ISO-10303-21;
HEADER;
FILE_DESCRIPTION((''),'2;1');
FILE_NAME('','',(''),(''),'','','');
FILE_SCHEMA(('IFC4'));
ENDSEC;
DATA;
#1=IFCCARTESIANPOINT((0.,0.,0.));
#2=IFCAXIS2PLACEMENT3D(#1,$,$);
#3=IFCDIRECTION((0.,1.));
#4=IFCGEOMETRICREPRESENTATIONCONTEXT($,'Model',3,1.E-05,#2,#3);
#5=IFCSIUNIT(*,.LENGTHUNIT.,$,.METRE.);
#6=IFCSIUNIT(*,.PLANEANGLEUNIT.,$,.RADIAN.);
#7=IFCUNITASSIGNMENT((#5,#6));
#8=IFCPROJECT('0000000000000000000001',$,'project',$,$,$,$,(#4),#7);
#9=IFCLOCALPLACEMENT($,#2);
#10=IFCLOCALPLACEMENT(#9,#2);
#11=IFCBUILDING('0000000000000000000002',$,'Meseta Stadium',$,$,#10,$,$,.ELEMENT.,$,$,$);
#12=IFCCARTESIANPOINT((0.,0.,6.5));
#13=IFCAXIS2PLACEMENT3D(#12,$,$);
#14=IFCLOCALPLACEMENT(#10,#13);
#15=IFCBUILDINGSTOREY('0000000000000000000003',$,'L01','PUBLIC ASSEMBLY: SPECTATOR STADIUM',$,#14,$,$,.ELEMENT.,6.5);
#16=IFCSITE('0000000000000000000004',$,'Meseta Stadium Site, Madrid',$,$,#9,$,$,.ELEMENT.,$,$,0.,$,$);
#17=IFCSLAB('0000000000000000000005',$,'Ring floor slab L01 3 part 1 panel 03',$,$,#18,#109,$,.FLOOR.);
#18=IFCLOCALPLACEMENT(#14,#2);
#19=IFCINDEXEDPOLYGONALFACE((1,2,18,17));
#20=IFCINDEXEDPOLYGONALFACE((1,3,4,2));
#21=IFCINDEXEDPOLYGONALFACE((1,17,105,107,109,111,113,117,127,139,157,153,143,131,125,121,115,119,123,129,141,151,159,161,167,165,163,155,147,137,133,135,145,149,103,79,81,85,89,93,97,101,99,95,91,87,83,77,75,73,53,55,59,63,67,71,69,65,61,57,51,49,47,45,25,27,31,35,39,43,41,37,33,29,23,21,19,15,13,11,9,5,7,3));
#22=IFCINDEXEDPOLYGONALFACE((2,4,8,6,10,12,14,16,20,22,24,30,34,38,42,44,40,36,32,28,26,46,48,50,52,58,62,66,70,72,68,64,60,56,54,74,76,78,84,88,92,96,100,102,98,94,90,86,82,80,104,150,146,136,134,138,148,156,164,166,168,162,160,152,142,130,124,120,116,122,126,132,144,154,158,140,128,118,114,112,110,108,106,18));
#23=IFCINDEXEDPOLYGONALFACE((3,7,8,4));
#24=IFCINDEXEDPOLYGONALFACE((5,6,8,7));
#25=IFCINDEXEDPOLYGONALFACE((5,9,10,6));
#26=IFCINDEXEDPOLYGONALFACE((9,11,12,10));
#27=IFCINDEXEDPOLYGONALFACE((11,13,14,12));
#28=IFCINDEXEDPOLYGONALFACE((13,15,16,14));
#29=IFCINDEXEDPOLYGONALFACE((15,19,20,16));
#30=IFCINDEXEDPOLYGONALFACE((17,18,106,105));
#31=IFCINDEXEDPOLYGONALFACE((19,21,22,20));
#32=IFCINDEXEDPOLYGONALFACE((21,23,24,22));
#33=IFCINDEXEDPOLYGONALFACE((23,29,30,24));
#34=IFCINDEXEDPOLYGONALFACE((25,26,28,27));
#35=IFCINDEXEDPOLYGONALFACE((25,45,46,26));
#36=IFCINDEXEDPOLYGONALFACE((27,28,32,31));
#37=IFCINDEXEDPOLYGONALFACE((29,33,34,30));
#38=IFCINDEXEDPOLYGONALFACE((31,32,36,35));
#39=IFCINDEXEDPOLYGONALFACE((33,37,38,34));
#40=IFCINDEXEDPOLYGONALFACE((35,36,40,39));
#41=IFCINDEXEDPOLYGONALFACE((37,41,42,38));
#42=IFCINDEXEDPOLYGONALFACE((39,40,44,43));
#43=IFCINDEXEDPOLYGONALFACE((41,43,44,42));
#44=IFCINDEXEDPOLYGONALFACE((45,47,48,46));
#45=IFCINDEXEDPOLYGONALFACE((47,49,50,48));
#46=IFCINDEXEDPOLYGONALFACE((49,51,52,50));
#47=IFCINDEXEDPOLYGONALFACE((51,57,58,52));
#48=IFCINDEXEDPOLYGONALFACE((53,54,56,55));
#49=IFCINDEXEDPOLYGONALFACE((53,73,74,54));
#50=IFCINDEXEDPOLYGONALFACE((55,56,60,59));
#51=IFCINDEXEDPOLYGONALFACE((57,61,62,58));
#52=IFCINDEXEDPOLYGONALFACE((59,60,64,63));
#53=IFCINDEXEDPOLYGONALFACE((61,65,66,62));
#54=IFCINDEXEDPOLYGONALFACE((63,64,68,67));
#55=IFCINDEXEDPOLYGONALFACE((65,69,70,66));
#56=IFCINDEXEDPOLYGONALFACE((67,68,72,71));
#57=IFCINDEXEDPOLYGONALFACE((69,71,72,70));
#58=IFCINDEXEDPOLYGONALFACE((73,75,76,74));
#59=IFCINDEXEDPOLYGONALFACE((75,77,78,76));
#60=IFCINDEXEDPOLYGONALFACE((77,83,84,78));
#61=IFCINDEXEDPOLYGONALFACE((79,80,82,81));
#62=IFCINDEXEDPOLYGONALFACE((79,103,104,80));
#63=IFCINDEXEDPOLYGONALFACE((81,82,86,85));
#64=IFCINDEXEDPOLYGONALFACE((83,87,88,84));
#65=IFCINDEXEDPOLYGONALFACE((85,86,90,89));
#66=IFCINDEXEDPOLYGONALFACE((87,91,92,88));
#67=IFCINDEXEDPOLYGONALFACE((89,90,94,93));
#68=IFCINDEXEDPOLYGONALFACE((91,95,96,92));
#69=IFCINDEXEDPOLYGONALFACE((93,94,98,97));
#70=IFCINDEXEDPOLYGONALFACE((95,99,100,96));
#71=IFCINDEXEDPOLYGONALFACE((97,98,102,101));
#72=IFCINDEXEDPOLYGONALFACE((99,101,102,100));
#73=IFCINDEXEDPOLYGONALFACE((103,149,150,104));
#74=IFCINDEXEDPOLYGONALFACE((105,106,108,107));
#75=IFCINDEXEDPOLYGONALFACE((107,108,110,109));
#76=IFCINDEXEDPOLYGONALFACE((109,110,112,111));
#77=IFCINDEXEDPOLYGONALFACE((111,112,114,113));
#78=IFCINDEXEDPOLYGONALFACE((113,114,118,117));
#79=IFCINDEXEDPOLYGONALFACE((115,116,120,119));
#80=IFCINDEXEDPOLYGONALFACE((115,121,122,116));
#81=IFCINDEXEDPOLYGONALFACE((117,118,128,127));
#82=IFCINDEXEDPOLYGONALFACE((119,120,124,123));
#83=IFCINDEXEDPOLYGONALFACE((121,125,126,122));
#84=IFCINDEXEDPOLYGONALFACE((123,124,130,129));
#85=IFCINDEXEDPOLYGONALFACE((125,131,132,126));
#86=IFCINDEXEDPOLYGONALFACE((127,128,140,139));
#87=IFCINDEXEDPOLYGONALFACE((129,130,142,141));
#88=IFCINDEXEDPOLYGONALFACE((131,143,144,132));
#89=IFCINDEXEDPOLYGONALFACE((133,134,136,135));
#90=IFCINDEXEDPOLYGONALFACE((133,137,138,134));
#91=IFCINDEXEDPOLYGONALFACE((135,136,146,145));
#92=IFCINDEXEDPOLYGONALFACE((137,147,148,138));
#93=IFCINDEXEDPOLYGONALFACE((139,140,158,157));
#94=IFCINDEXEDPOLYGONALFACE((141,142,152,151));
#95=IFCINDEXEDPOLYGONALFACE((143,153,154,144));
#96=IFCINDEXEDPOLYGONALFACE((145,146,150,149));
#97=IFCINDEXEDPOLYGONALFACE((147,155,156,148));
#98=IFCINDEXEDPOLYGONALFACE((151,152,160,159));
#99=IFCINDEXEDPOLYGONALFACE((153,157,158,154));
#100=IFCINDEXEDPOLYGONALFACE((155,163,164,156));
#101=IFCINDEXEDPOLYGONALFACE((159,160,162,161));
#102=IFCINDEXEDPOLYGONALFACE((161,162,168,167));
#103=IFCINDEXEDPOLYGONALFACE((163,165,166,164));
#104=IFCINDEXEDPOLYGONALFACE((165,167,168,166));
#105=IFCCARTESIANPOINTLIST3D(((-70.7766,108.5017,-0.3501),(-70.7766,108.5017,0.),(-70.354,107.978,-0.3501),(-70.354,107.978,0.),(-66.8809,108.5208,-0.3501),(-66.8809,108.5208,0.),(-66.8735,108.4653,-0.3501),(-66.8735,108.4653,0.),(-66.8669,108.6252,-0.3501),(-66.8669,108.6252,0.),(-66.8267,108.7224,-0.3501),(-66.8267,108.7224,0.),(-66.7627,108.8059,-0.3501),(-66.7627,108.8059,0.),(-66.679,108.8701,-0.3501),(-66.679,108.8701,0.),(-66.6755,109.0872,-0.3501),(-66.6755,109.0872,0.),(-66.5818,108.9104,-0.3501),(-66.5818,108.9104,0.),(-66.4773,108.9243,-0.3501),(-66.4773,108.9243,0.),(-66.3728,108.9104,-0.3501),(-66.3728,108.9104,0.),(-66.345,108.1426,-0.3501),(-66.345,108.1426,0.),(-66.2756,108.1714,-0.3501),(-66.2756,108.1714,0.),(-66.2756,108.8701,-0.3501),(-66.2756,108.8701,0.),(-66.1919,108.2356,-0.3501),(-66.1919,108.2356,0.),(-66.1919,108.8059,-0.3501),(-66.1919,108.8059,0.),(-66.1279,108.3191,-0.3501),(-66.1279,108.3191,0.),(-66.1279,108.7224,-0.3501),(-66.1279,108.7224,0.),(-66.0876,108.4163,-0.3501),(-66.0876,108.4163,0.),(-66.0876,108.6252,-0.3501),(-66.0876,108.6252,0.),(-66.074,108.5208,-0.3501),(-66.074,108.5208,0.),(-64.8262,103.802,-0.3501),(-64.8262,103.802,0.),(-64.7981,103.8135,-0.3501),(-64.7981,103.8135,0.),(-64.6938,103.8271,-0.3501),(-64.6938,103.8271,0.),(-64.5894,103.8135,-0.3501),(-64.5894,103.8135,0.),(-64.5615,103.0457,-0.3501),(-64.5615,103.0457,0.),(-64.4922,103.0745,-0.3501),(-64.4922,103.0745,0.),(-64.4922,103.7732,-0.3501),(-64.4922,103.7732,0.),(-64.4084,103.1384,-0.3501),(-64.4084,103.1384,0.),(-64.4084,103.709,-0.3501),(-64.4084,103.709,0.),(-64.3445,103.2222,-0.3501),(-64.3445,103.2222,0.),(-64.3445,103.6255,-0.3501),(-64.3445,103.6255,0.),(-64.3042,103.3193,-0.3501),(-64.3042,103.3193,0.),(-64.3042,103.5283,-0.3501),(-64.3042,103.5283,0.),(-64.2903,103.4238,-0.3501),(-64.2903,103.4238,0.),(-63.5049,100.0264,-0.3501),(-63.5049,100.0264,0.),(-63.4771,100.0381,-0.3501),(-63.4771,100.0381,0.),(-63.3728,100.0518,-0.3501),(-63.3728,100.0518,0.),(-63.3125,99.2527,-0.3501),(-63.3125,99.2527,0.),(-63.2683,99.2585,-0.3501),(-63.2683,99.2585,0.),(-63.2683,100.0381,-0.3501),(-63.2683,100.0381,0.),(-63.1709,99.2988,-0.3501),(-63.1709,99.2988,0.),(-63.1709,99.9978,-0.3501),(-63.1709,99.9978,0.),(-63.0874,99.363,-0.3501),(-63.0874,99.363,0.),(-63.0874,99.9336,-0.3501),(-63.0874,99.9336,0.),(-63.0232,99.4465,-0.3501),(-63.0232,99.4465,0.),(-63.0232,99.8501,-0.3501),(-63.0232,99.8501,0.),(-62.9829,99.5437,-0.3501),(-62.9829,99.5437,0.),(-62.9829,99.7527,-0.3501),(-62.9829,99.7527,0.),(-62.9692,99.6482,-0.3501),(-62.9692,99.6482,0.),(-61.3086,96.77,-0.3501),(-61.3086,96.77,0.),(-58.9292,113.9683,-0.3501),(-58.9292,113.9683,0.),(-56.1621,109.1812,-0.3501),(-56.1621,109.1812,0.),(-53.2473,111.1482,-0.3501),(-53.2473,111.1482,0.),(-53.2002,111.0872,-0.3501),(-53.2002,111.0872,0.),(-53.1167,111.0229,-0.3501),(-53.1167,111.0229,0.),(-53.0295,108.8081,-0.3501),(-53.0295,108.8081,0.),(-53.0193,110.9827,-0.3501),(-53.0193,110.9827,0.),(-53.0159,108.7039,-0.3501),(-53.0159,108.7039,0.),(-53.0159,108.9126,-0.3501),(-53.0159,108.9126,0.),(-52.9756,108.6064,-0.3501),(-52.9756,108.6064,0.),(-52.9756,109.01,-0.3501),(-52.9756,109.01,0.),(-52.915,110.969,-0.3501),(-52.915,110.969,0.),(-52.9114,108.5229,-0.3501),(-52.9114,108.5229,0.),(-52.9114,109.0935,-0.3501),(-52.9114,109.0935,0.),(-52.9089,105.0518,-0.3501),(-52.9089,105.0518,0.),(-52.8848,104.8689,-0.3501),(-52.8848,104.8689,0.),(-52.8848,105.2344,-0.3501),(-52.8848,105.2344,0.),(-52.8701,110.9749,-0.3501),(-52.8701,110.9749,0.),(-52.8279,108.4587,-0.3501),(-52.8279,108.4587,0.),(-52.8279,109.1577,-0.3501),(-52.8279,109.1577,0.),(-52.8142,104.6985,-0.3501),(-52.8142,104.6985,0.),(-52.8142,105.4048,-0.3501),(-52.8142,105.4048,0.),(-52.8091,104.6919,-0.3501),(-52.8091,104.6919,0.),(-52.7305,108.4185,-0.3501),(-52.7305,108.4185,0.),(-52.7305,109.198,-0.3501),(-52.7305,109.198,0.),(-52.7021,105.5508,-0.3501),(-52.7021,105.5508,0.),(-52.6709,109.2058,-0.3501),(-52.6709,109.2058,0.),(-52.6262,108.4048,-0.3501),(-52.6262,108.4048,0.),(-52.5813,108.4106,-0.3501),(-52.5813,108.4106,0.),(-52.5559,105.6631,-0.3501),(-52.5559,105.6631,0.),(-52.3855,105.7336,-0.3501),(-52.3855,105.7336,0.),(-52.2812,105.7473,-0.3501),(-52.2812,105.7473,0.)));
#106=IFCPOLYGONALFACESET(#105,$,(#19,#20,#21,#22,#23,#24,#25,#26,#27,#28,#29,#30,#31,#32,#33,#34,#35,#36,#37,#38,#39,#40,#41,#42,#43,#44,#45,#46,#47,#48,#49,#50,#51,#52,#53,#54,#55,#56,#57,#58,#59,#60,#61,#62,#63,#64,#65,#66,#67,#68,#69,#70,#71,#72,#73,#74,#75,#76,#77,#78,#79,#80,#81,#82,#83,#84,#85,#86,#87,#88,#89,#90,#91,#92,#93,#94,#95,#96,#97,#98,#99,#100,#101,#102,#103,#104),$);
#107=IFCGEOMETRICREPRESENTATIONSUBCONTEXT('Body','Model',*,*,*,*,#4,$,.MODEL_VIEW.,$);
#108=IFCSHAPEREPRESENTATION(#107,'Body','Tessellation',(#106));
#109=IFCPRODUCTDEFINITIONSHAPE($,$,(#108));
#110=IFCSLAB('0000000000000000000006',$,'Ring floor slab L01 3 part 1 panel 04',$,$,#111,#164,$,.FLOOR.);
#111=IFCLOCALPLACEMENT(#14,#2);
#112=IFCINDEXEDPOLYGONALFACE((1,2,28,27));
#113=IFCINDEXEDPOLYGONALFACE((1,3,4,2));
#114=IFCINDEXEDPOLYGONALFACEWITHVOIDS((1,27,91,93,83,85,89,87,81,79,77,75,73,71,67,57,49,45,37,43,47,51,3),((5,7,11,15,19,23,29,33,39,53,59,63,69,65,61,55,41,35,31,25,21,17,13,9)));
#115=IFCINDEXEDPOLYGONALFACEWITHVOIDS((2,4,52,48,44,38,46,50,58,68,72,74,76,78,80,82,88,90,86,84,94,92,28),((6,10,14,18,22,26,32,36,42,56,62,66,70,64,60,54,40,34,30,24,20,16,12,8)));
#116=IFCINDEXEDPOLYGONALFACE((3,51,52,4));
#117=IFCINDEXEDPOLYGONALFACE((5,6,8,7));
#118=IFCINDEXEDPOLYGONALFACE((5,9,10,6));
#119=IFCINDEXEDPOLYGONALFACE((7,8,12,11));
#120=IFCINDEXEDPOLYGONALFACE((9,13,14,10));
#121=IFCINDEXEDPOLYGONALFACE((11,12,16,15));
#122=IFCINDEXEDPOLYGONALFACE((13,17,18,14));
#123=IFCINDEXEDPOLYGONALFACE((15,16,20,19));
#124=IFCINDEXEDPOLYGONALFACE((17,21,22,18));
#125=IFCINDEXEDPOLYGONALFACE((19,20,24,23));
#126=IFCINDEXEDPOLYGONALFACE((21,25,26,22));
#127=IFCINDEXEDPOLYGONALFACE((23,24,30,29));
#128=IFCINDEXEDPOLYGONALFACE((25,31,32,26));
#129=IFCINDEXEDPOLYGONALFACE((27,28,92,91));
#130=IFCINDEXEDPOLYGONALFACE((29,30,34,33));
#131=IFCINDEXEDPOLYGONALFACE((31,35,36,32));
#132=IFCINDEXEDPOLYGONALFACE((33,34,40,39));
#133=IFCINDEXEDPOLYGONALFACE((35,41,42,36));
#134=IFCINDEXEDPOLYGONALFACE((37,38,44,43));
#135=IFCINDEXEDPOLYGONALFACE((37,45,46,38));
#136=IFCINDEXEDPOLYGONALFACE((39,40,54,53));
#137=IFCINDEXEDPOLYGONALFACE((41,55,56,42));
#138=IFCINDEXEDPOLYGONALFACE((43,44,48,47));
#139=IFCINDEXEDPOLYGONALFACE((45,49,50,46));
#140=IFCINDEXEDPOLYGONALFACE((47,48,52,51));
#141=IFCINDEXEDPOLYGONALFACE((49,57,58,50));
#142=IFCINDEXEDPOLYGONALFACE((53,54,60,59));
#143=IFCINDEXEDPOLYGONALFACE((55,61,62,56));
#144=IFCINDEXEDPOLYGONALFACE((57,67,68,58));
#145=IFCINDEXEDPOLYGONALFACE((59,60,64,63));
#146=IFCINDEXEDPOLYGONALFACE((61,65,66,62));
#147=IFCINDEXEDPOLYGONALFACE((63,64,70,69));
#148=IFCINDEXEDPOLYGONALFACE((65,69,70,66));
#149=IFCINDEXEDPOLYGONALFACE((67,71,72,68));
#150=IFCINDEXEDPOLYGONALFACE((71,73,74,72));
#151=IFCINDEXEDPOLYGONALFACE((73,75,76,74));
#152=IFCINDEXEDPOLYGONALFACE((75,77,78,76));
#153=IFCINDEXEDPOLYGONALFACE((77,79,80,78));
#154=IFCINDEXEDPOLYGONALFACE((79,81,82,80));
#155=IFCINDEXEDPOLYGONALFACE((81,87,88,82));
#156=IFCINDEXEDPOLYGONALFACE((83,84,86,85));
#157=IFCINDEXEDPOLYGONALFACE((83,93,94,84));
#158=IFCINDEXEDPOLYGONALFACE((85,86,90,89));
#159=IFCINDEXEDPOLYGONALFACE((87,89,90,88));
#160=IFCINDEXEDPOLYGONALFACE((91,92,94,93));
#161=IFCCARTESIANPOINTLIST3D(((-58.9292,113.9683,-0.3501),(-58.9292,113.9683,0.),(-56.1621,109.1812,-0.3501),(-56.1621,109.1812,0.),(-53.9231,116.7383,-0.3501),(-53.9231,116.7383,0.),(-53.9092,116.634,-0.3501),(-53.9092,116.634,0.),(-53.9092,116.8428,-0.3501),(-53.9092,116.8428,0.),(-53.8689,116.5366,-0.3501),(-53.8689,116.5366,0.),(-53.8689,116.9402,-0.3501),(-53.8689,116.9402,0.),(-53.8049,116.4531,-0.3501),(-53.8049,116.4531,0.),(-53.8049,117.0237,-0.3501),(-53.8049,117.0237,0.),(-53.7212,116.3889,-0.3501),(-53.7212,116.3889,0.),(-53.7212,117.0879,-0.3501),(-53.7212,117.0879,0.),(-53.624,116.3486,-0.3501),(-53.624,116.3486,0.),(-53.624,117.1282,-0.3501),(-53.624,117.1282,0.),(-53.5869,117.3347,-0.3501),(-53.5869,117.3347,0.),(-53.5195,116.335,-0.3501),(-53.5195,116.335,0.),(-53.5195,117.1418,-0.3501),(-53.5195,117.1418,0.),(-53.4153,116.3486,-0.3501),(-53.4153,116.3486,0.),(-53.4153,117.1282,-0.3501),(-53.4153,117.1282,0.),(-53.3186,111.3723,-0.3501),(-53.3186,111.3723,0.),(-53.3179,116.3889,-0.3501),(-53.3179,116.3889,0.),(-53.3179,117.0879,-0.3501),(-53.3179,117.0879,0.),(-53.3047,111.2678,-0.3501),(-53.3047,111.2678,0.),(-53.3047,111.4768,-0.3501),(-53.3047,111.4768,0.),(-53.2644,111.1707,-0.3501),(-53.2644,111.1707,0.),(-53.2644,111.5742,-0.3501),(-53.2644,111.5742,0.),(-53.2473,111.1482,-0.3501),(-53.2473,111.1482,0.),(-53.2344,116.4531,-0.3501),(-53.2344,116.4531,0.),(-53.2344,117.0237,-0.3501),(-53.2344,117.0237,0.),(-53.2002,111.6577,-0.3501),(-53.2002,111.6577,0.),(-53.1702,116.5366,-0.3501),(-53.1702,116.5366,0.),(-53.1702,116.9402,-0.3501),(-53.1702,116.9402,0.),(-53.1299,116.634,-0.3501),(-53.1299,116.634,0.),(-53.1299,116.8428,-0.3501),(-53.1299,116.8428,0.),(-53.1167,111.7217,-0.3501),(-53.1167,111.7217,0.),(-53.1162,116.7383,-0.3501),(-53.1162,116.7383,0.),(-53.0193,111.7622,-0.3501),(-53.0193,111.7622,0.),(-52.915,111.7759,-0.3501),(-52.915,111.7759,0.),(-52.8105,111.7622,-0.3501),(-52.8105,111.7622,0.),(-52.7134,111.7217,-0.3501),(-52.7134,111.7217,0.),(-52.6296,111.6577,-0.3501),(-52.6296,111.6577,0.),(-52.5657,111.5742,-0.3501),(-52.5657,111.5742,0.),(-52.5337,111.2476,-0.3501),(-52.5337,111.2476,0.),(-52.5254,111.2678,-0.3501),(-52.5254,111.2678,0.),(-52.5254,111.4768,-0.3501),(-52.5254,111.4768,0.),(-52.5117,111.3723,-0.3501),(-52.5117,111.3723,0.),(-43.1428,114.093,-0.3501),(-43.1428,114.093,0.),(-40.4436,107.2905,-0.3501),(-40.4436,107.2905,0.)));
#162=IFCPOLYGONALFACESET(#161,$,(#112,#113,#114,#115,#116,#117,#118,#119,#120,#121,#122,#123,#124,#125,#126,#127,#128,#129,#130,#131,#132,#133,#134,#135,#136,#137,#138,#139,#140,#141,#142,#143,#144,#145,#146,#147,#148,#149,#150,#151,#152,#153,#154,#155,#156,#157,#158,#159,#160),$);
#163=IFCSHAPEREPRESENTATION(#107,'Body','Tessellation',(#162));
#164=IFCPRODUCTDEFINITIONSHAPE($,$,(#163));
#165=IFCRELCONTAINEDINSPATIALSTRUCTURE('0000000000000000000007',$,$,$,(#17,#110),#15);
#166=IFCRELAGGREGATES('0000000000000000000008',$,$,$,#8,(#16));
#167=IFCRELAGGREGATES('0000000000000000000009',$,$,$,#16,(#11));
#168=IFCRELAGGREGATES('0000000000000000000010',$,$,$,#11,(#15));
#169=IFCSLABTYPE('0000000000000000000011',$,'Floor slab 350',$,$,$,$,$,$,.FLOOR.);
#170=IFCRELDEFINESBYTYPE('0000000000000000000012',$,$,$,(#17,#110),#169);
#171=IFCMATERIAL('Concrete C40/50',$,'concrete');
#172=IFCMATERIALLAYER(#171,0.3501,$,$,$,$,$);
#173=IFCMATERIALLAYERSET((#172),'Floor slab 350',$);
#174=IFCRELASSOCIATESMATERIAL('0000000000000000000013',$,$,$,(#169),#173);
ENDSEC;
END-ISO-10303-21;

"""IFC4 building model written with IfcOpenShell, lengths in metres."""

from ifc_helpers import new_model, si_unit, direction, frame, origin, place, context, subcontext, project, spatial, polyline, outline, extrude, material, layer, layer_set, type_object, element, save


model = new_model("IFC4")

# Units and contexts
model_context = context("Model", 3, precision=1e-05, world=origin(), true_north=direction((0.0, 1.0)))
body_context = subcontext(model_context, "Body", "Model", "MODEL_VIEW")
ifc_project = project(units=[si_unit("LENGTHUNIT", "METRE"), si_unit("PLANEANGLEUNIT", "RADIAN")], contexts=[model_context])

# Site, building, storey
site_placement = place(None, origin())
site = spatial("IfcSite", under=ifc_project, at=site_placement, Name="Meseta Stadium Site, Madrid", CompositionType="ELEMENT", RefElevation=0.0)
building_placement = place(site_placement, origin())
building = spatial("IfcBuilding", under=site, at=building_placement, Name="Meseta Stadium", CompositionType="ELEMENT")
storey_placement = place(building_placement, frame((0.0, 0.0, 6.5)))
storey = spatial("IfcBuildingStorey", under=building, at=storey_placement, Name="L01", Description="PUBLIC ASSEMBLY: SPECTATOR STADIUM", CompositionType="ELEMENT", Elevation=6.5)

# Slabs
ifc_material_1 = material(Name="Concrete C40/50", Category="concrete")
ifc_layer_1 = layer(ifc_material_1, 0.3501)
ifc_layer_set_1 = layer_set([ifc_layer_1], Name="Floor slab 350")
slab_type_1 = type_object("IfcSlabType", Name="Floor slab 350", PredefinedType="FLOOR", material=ifc_layer_set_1)
slab_1_placement = place(storey_placement, frame((0.0, 0.0, -0.3501)))
element("IfcSlab", 1, at=slab_1_placement, inside=storey, type_object=slab_type_1, Name="Ring floor slab L01 3 part 1 panel 03", PredefinedType="FLOOR", context=body_context, shape_type="SweptSolid", body=[
    extrude(outline(polyline([(-63.2683, 99.2585), (-63.3125, 99.2527), (-61.3086, 96.77), (-52.8091, 104.6919), (-52.8142, 104.6985), (-52.8848, 104.8689), (-52.9089, 105.0518), (-52.8848, 105.2344), (-52.8142, 105.4048), (-52.7021, 105.5508), (-52.5559, 105.6631), (-52.3855, 105.7336), (-52.2812, 105.7473), (-52.5813, 108.4106), (-52.6262, 108.4048), (-52.7305, 108.4185), (-52.8279, 108.4587), (-52.9114, 108.5229), (-52.9756, 108.6064), (-53.0159, 108.7039), (-53.0295, 108.8081), (-53.0159, 108.9126), (-52.9756, 109.01), (-52.9114, 109.0935), (-52.8279, 109.1577), (-52.7305, 109.198), (-52.6709, 109.2058), (-52.8701, 110.9749), (-52.915, 110.969), (-53.0193, 110.9827), (-53.1167, 111.0229), (-53.2002, 111.0872), (-53.2473, 111.1482), (-56.1621, 109.1812), (-58.9292, 113.9683), (-66.6755, 109.0872), (-70.7766, 108.5017), (-70.354, 107.978), (-66.8735, 108.4653), (-66.8809, 108.5208), (-66.8669, 108.6252), (-66.8267, 108.7224), (-66.7627, 108.8059), (-66.679, 108.8701), (-66.5818, 108.9104), (-66.4773, 108.9243), (-66.3728, 108.9104), (-66.2756, 108.8701), (-66.1919, 108.8059), (-66.1279, 108.7224), (-66.0876, 108.6252), (-66.074, 108.5208), (-66.0876, 108.4163), (-66.1279, 108.3191), (-66.1919, 108.2356), (-66.2756, 108.1714), (-66.345, 108.1426), (-64.8262, 103.802), (-64.7981, 103.8135), (-64.6938, 103.8271), (-64.5894, 103.8135), (-64.4922, 103.7732), (-64.4084, 103.709), (-64.3445, 103.6255), (-64.3042, 103.5283), (-64.2903, 103.4238), (-64.3042, 103.3193), (-64.3445, 103.2222), (-64.4084, 103.1384), (-64.4922, 103.0745), (-64.5615, 103.0457), (-63.5049, 100.0264), (-63.4771, 100.0381), (-63.3728, 100.0518), (-63.2683, 100.0381), (-63.1709, 99.9978), (-63.0874, 99.9336), (-63.0232, 99.8501), (-62.9829, 99.7527), (-62.9692, 99.6482), (-62.9829, 99.5437), (-63.0232, 99.4465), (-63.0874, 99.363), (-63.1709, 99.2988), (-63.2683, 99.2585)])), origin(), (0.0, 0.0, 1.0), 0.3501),
])
slab_2_placement = place(storey_placement, frame((0.0, 0.0, -0.3501)))
element("IfcSlab", 2, at=slab_2_placement, inside=storey, type_object=slab_type_1, Name="Ring floor slab L01 3 part 1 panel 04", PredefinedType="FLOOR", context=body_context, shape_type="SweptSolid", body=[
    extrude(outline(polyline([(-53.3186, 111.3723), (-53.3047, 111.4768), (-53.2644, 111.5742), (-53.2002, 111.6577), (-53.1167, 111.7217), (-53.0193, 111.7622), (-52.915, 111.7759), (-52.8105, 111.7622), (-52.7134, 111.7217), (-52.6296, 111.6577), (-52.5657, 111.5742), (-52.5254, 111.4768), (-52.5117, 111.3723), (-52.5254, 111.2678), (-52.5337, 111.2476), (-40.4436, 107.2905), (-43.1428, 114.093), (-53.5869, 117.3347), (-58.9292, 113.9683), (-56.1621, 109.1812), (-53.2473, 111.1482), (-53.2644, 111.1707), (-53.3047, 111.2678), (-53.3186, 111.3723)]), holes=[polyline([(-53.1162, 116.7383), (-53.1299, 116.634), (-53.1702, 116.5366), (-53.2344, 116.4531), (-53.3179, 116.3889), (-53.4153, 116.3486), (-53.5195, 116.335), (-53.624, 116.3486), (-53.7212, 116.3889), (-53.8049, 116.4531), (-53.8689, 116.5366), (-53.9092, 116.634), (-53.9231, 116.7383), (-53.9092, 116.8428), (-53.8689, 116.9402), (-53.8049, 117.0237), (-53.7212, 117.0879), (-53.624, 117.1282), (-53.5195, 117.1418), (-53.4153, 117.1282), (-53.3179, 117.0879), (-53.2344, 117.0237), (-53.1702, 116.9402), (-53.1299, 116.8428), (-53.1162, 116.7383)])]), origin(), (0.0, 0.0, 1.0), 0.3501),
])

save(model, "model.ifc")
